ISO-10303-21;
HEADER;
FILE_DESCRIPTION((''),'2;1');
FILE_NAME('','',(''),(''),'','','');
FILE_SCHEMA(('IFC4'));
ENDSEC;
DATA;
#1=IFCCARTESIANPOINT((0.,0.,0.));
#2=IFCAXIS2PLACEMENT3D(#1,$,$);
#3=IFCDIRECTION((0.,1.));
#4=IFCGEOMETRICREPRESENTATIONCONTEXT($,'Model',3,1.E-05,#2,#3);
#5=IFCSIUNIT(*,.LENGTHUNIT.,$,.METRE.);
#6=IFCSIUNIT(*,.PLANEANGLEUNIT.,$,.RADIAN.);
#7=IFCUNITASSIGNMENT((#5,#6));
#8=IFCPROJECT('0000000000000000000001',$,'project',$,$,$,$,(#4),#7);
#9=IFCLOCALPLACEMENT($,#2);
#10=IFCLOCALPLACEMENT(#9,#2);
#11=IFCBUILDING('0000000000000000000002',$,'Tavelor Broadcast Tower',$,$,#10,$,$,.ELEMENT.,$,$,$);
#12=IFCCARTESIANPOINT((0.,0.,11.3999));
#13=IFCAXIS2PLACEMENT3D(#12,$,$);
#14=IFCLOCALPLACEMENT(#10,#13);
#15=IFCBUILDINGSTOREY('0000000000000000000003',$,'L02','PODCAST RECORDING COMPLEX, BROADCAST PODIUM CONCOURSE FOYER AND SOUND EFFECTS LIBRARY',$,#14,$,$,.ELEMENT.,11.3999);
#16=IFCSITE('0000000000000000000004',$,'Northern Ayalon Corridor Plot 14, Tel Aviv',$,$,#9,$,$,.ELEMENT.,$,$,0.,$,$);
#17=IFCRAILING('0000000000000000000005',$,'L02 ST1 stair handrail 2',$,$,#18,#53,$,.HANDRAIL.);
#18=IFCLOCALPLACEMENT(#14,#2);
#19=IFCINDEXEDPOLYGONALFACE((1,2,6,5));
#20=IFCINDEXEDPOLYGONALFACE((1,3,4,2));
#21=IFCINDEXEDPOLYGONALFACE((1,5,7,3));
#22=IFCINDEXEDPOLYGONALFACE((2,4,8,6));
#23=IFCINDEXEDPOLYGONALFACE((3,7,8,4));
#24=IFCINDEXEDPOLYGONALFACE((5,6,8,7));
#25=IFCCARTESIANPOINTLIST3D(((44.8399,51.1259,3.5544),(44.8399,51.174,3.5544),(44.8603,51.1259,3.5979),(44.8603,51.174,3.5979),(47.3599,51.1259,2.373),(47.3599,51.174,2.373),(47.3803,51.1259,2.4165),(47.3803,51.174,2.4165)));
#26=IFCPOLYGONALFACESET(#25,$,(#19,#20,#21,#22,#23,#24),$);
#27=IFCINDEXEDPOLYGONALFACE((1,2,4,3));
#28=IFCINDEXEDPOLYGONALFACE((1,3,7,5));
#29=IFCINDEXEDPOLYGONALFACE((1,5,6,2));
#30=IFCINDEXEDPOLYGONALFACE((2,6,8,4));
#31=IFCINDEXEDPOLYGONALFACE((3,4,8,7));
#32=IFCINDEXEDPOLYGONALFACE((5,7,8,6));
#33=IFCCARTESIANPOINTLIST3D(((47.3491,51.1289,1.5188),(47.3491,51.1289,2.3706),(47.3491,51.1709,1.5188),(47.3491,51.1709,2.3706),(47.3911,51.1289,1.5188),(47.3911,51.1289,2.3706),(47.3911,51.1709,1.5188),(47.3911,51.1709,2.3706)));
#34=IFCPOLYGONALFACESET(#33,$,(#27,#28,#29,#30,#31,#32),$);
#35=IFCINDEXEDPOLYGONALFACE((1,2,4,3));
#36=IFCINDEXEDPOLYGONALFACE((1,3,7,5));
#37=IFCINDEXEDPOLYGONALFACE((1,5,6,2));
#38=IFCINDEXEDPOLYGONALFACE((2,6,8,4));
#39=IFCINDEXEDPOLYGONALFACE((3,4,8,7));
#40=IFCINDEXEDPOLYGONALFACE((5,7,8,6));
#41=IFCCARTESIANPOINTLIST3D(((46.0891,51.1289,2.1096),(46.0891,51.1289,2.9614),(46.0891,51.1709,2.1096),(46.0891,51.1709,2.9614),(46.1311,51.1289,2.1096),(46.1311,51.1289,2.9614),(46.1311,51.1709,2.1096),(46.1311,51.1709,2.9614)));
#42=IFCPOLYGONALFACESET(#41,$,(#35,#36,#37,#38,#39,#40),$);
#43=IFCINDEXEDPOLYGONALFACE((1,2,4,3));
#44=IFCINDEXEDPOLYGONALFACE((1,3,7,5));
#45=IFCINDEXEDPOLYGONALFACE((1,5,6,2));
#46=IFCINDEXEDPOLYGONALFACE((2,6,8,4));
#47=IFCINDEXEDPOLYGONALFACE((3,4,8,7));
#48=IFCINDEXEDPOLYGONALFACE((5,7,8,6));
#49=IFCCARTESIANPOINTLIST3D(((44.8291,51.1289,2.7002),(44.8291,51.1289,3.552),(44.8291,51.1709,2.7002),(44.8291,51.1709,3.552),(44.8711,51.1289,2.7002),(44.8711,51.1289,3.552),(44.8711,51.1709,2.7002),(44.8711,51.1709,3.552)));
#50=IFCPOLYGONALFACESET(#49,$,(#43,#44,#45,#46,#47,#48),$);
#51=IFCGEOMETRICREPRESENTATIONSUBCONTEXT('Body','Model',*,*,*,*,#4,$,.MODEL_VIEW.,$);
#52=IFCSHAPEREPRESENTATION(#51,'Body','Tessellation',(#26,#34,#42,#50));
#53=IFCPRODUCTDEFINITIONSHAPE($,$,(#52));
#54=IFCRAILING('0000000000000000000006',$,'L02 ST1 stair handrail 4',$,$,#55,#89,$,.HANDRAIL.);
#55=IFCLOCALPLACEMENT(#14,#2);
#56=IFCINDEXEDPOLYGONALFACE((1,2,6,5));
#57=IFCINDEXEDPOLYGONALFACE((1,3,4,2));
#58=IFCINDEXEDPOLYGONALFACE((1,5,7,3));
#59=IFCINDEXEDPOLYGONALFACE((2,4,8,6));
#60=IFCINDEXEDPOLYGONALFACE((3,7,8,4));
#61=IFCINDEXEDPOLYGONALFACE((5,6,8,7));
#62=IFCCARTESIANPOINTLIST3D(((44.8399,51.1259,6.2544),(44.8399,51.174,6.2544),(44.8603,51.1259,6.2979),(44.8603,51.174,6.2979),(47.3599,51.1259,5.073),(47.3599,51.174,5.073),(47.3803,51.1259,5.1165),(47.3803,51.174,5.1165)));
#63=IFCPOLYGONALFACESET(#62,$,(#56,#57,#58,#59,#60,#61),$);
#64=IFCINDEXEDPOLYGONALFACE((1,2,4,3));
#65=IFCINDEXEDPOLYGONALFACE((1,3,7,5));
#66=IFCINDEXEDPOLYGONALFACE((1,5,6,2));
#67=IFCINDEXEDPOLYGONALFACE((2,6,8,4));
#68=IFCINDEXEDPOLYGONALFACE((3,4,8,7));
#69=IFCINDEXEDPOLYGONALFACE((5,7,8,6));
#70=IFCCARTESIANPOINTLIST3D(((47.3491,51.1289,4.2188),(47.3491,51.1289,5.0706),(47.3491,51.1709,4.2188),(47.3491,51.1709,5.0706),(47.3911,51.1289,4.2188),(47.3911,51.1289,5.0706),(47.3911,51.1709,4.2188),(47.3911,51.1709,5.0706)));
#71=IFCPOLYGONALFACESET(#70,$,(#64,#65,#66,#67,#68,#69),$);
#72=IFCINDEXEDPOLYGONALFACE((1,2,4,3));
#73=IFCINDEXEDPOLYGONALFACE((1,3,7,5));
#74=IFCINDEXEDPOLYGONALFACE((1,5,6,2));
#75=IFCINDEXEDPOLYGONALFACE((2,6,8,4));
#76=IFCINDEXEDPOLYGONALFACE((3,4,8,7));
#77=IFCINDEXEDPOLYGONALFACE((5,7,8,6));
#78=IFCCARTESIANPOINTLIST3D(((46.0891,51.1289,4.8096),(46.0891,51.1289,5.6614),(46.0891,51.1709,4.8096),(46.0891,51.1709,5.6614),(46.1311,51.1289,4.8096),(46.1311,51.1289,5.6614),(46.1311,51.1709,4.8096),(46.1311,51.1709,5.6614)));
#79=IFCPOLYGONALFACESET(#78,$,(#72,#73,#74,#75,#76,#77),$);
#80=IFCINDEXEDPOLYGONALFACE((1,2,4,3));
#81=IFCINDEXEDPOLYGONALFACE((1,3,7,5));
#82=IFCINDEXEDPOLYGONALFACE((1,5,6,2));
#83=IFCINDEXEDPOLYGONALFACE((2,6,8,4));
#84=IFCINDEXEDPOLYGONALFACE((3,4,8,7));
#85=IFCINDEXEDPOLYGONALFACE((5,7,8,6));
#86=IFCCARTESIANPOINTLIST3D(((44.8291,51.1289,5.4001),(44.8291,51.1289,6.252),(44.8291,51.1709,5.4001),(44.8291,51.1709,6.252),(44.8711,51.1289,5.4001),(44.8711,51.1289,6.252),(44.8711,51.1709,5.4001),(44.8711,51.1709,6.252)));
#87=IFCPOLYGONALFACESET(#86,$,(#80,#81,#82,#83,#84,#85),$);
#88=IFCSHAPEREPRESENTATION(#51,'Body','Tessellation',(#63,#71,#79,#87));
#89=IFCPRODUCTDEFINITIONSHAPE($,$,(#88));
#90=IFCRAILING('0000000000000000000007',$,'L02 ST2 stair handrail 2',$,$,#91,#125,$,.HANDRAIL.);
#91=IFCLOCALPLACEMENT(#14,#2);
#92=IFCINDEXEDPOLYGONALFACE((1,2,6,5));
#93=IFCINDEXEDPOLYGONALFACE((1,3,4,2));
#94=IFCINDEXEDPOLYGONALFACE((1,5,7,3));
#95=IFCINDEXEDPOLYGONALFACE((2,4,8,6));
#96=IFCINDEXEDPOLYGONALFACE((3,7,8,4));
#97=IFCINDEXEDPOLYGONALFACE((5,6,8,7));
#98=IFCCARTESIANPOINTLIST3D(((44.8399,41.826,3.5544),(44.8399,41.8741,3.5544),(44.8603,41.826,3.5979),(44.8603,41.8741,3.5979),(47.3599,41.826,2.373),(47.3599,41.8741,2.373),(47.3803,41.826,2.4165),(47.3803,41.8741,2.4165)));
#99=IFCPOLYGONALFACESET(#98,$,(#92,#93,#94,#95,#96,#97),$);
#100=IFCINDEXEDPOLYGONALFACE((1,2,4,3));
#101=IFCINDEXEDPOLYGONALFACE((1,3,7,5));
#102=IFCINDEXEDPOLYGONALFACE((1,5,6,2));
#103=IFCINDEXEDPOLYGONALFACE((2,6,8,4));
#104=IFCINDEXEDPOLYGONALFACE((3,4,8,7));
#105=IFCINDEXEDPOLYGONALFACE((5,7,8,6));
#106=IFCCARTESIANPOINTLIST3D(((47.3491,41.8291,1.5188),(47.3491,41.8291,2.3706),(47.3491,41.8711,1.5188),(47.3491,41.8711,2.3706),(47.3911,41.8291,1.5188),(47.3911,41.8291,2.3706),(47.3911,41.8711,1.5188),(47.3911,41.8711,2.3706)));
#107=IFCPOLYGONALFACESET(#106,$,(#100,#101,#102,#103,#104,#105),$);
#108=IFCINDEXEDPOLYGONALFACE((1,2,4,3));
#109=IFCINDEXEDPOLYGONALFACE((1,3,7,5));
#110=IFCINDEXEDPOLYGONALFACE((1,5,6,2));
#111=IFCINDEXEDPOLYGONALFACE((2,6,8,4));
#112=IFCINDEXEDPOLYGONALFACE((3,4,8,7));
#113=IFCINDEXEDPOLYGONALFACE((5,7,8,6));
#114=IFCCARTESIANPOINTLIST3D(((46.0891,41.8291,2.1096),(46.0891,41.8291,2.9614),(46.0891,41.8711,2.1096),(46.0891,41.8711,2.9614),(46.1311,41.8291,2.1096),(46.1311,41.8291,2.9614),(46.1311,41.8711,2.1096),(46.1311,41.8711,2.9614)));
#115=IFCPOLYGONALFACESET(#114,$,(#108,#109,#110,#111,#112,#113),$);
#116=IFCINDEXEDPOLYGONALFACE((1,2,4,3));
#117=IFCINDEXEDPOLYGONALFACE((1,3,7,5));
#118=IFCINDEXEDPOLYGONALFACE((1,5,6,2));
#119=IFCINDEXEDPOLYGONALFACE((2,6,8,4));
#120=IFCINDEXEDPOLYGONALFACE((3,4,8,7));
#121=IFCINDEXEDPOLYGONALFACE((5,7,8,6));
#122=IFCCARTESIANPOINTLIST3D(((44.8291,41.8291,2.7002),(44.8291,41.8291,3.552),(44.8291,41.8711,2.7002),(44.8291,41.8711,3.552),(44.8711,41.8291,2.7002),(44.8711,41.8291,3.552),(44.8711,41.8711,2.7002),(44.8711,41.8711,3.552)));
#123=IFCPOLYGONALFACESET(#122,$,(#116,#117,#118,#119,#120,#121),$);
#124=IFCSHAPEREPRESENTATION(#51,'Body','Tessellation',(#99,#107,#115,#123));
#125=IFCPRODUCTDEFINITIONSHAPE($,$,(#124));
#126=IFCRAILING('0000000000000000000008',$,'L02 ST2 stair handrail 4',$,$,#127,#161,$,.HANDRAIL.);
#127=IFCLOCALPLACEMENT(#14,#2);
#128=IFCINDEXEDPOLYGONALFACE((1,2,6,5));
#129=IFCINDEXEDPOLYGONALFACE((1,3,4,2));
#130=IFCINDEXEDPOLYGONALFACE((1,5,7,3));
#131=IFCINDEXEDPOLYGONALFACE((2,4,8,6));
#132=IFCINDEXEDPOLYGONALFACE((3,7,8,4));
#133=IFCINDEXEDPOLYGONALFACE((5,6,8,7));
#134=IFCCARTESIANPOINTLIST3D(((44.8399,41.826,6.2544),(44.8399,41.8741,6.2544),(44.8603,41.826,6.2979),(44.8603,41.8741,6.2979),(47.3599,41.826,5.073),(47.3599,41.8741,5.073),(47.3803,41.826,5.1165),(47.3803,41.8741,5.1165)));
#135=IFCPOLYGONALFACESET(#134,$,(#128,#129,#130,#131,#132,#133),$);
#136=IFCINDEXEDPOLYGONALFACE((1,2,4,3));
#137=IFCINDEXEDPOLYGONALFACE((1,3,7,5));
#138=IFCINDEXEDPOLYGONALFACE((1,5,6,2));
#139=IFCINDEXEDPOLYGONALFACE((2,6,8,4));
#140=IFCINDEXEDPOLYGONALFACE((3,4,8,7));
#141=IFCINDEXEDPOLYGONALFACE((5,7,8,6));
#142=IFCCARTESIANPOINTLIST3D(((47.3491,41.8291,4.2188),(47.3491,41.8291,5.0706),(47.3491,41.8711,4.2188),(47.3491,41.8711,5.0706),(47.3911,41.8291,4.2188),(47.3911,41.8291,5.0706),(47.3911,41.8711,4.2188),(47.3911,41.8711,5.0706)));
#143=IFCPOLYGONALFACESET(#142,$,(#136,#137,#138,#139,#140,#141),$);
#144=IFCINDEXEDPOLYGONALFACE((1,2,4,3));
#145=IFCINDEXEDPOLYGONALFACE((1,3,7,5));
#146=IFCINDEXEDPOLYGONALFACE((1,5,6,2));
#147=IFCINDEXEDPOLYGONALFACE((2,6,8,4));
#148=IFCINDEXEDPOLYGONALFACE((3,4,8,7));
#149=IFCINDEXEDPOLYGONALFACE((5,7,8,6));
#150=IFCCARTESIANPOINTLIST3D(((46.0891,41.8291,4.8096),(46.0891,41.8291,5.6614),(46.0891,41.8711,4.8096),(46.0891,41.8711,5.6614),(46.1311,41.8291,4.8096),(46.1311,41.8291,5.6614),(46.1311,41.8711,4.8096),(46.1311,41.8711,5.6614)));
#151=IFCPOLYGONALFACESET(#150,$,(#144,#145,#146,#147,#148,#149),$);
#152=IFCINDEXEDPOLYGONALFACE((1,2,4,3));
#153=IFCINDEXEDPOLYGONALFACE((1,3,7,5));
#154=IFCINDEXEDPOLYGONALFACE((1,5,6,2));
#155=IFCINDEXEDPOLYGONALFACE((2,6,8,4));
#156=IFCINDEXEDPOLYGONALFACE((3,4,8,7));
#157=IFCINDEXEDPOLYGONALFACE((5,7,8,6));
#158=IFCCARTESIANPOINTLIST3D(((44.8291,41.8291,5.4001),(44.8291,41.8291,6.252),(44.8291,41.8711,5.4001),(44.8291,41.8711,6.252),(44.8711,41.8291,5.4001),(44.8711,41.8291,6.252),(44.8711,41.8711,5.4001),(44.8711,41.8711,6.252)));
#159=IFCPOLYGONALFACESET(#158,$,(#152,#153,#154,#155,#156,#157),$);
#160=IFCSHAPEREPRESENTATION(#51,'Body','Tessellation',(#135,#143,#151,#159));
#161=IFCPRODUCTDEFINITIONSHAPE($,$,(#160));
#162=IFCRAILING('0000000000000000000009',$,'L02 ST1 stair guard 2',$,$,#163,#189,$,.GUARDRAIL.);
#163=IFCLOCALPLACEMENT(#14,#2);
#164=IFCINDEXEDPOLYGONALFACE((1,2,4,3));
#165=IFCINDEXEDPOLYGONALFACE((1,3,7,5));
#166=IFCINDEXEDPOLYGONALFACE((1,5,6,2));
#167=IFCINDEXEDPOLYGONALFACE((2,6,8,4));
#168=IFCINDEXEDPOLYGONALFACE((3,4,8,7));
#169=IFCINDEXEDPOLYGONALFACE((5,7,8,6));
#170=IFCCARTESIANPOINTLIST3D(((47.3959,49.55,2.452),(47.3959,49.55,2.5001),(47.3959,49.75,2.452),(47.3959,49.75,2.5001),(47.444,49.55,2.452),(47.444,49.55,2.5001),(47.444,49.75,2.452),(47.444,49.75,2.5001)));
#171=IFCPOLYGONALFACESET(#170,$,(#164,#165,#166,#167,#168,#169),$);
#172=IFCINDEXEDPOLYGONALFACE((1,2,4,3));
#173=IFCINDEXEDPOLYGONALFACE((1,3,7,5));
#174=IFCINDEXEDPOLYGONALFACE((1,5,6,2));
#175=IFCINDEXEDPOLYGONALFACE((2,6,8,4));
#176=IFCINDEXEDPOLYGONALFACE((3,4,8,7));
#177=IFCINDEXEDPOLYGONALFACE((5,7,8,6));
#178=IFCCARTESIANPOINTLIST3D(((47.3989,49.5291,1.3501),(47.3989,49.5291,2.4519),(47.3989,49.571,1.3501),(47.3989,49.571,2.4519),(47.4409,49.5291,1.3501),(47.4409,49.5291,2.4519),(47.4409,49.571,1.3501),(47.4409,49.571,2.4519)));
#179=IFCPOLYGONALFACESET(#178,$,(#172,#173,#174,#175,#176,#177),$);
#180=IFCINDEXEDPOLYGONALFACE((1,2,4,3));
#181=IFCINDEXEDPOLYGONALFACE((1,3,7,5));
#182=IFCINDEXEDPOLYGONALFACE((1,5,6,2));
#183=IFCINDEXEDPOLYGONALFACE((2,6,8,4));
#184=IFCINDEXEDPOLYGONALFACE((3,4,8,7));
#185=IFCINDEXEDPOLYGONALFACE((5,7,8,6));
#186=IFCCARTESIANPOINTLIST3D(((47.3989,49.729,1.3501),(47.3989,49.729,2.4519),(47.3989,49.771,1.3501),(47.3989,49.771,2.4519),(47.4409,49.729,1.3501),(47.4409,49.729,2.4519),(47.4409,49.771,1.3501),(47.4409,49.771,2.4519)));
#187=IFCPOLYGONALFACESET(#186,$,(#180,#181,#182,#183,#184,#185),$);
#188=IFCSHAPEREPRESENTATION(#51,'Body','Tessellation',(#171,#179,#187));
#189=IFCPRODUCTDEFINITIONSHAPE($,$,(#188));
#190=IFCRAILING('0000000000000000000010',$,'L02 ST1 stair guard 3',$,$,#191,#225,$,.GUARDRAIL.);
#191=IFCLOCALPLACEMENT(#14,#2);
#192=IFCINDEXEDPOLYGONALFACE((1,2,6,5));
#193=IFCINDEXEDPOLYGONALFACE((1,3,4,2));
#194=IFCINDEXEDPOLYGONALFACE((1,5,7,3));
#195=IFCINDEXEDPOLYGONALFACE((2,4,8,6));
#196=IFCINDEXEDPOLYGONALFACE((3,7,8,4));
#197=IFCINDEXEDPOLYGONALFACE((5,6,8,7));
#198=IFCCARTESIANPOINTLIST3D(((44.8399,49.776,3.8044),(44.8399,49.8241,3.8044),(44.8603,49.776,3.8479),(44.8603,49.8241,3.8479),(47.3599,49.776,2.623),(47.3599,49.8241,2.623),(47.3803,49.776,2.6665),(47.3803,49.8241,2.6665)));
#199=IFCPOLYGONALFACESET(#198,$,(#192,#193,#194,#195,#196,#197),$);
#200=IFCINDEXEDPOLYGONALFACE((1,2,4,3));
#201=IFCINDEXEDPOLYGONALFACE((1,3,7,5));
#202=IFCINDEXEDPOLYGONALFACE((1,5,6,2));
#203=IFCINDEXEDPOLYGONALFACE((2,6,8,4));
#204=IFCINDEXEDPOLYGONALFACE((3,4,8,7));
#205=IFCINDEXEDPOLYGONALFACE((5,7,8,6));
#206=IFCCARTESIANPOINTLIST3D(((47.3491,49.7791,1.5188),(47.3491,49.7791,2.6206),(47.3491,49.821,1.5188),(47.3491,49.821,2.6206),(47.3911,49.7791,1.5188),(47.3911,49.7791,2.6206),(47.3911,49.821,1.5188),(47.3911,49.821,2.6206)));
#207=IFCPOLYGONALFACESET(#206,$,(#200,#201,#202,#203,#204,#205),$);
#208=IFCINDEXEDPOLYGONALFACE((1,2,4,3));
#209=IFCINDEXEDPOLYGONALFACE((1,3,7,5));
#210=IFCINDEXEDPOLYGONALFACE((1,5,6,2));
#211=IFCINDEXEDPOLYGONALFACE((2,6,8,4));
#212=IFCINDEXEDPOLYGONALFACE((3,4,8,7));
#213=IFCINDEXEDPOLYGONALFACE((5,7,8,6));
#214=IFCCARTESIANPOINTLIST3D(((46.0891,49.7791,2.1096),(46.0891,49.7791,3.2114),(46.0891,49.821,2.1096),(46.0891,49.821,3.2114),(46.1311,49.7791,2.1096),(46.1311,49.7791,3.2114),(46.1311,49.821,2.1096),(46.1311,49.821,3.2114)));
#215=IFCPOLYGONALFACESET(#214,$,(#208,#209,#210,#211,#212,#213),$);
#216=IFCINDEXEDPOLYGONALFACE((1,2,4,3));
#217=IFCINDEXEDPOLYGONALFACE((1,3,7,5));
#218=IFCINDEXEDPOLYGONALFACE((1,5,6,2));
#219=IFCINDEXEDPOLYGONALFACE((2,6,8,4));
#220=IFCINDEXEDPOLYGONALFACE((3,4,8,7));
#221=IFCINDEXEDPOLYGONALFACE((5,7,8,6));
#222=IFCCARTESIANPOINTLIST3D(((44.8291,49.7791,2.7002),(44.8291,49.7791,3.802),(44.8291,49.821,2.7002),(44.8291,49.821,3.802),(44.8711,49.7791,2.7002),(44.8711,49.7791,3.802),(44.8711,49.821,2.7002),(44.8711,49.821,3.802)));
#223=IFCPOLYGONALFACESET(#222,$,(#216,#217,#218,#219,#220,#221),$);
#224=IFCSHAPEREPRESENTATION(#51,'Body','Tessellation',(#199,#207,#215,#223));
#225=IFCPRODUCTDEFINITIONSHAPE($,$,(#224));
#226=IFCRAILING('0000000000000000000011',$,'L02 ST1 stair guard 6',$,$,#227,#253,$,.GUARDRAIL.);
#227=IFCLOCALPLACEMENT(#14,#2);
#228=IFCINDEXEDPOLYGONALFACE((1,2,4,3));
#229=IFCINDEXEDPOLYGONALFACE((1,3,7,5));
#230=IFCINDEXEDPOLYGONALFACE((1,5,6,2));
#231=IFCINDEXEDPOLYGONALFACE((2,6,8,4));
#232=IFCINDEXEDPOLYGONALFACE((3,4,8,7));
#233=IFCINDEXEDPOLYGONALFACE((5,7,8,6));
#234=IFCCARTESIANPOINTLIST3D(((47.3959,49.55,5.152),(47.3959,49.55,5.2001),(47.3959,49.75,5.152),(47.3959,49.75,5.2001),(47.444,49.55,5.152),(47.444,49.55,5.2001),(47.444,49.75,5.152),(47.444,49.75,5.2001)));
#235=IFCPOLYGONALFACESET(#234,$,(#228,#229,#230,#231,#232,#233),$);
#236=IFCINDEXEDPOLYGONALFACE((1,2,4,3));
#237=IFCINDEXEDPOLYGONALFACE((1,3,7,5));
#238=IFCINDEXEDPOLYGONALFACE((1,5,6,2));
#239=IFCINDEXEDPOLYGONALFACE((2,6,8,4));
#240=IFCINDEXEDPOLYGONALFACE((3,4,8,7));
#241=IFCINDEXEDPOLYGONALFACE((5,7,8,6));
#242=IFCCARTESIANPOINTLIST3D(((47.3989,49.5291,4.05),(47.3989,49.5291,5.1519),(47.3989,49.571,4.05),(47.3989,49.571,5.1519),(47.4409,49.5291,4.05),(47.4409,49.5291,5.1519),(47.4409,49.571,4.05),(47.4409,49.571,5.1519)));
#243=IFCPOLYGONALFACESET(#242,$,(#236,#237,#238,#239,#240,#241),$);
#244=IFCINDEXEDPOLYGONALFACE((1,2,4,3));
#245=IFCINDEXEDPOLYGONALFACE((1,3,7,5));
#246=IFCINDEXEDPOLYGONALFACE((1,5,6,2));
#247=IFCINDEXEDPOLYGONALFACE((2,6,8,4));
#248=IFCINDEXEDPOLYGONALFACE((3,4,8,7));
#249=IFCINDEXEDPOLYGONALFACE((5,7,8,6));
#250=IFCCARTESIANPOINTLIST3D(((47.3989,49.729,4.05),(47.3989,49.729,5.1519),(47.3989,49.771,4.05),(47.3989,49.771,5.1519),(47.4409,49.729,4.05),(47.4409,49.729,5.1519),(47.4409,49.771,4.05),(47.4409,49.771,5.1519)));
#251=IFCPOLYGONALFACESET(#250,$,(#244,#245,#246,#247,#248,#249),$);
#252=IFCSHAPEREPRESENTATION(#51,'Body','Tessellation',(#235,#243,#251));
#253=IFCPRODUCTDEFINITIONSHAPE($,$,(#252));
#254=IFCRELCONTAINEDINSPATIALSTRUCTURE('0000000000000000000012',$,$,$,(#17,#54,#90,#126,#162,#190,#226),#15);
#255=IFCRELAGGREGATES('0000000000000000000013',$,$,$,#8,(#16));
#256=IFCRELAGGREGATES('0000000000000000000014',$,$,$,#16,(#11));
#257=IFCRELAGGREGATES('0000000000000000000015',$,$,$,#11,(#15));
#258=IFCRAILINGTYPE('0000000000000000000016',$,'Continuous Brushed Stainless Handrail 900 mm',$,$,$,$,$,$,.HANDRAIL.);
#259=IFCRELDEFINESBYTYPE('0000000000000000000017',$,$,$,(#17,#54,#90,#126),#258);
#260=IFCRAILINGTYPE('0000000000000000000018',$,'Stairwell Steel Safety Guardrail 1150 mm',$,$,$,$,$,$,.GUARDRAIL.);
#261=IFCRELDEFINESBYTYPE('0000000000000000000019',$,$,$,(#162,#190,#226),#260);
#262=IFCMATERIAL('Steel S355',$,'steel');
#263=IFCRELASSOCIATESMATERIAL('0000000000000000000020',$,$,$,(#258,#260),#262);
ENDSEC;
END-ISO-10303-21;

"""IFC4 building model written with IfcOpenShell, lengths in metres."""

from ifc_helpers import new_model, si_unit, direction, frame, origin, origin_2d, place, context, subcontext, project, spatial, rectangle, extrude, material, type_object, element, save


model = new_model("IFC4")

# Units and contexts
model_context = context("Model", 3, precision=1e-05, world=origin(), true_north=direction((0.0, 1.0)))
body_context = subcontext(model_context, "Body", "Model", "MODEL_VIEW")
ifc_project = project(units=[si_unit("LENGTHUNIT", "METRE"), si_unit("PLANEANGLEUNIT", "RADIAN")], contexts=[model_context])

# Site, building, storey
site_placement = place(None, origin())
site = spatial("IfcSite", under=ifc_project, at=site_placement, Name="Northern Ayalon Corridor Plot 14, Tel Aviv", CompositionType="ELEMENT", RefElevation=0.0)
building_placement = place(site_placement, origin())
building = spatial("IfcBuilding", under=site, at=building_placement, Name="Tavelor Broadcast Tower", CompositionType="ELEMENT")
storey_placement = place(building_placement, frame((0.0, 0.0, 11.3999)))
storey = spatial("IfcBuildingStorey", under=building, at=storey_placement, Name="L02", Description="PODCAST RECORDING COMPLEX, BROADCAST PODIUM CONCOURSE FOYER AND SOUND EFFECTS LIBRARY", CompositionType="ELEMENT", Elevation=11.3999)

# Shared definitions
ifc_material_1 = material(Name="Steel S355", Category="steel")

# Railings
railing_type_1 = type_object("IfcRailingType", Name="Continuous Brushed Stainless Handrail 900 mm", PredefinedType="HANDRAIL", material=ifc_material_1)
for number, where, name in (
    (1, (47.3701, 51.1499, 1.5188), "L02 ST1 stair handrail 2"),
    (2, (47.3701, 51.1499, 4.2188), "L02 ST1 stair handrail 4"),
    (3, (47.3701, 41.8501, 1.5188), "L02 ST2 stair handrail 2"),
    (4, (47.3701, 41.8501, 4.2188), "L02 ST2 stair handrail 4"),
):
    element("IfcRailing", number, at=place(storey_placement, frame(where)), inside=storey, type_object=railing_type_1, Name=name, PredefinedType="HANDRAIL", context=body_context, shape_type="SweptSolid", body=[
        extrude(rectangle(XDim=0.0481, YDim=0.0481, at=origin_2d()), frame((0.0, 0.0, 0.876), z_axis=(-0.90544, 0.0, 0.424474), x_axis=(0.0, -1.0, 0.0)), (0.0, 0.0, 1.0), 2.7832),
        extrude(rectangle(XDim=0.042, YDim=0.042, at=origin_2d()), origin(), (0.0, 0.0, 1.0), 0.8518),
        extrude(rectangle(XDim=0.042, YDim=0.042, at=origin_2d()), frame((-1.26, 0.0, 0.5908)), (0.0, 0.0, 1.0), 0.8518),
        extrude(rectangle(XDim=0.042, YDim=0.042, at=origin_2d()), frame((-2.52, 0.0, 1.1814)), (0.0, 0.0, 1.0), 0.8518),
    ])
railing_type_2 = type_object("IfcRailingType", Name="Stairwell Steel Safety Guardrail 1150 mm", PredefinedType="GUARDRAIL", material=ifc_material_1)
railing_1_placement = place(storey_placement, frame((47.4199, 49.55, 1.3501)))
element("IfcRailing", 5, at=railing_1_placement, inside=storey, type_object=railing_type_2, Name="L02 ST1 stair guard 2", PredefinedType="GUARDRAIL", context=body_context, shape_type="SweptSolid", body=[
    extrude(rectangle(XDim=0.0481, YDim=0.0481, at=origin_2d()), frame((0.0, 0.0, 1.126), z_axis=(0.0, 1.0, 0.0), x_axis=(-1.0, 0.0, 0.0)), (0.0, 0.0, 1.0), 0.2),
    extrude(rectangle(XDim=0.042, YDim=0.042, at=origin_2d()), origin(), (0.0, 0.0, 1.0), 1.1018),
    extrude(rectangle(XDim=0.042, YDim=0.042, at=origin_2d()), frame((0.0, 0.2, 0.0)), (0.0, 0.0, 1.0), 1.1018),
])
railing_2_placement = place(storey_placement, frame((47.3701, 49.8, 1.5188)))
element("IfcRailing", 6, at=railing_2_placement, inside=storey, type_object=railing_type_2, Name="L02 ST1 stair guard 3", PredefinedType="GUARDRAIL", context=body_context, shape_type="SweptSolid", body=[
    extrude(rectangle(XDim=0.0481, YDim=0.0481, at=origin_2d()), frame((0.0, 0.0, 1.126), z_axis=(-0.90544, 0.0, 0.424474), x_axis=(0.0, -1.0, 0.0)), (0.0, 0.0, 1.0), 2.7832),
    extrude(rectangle(XDim=0.042, YDim=0.042, at=origin_2d()), origin(), (0.0, 0.0, 1.0), 1.1018),
    extrude(rectangle(XDim=0.042, YDim=0.042, at=origin_2d()), frame((-1.26, 0.0, 0.5908)), (0.0, 0.0, 1.0), 1.1018),
    extrude(rectangle(XDim=0.042, YDim=0.042, at=origin_2d()), frame((-2.52, 0.0, 1.1814)), (0.0, 0.0, 1.0), 1.1018),
])
railing_3_placement = place(storey_placement, frame((47.4199, 49.55, 4.05)))
element("IfcRailing", 7, at=railing_3_placement, inside=storey, type_object=railing_type_2, Name="L02 ST1 stair guard 6", PredefinedType="GUARDRAIL", context=body_context, shape_type="SweptSolid", body=[
    extrude(rectangle(XDim=0.0481, YDim=0.0481, at=origin_2d()), frame((0.0, 0.0, 1.126), z_axis=(0.0, 1.0, 0.0), x_axis=(-1.0, 0.0, 0.0)), (0.0, 0.0, 1.0), 0.2),
    extrude(rectangle(XDim=0.042, YDim=0.042, at=origin_2d()), origin(), (0.0, 0.0, 1.0), 1.1018),
    extrude(rectangle(XDim=0.042, YDim=0.042, at=origin_2d()), frame((0.0, 0.2, 0.0)), (0.0, 0.0, 1.0), 1.1018),
])

save(model, "model.ifc")
